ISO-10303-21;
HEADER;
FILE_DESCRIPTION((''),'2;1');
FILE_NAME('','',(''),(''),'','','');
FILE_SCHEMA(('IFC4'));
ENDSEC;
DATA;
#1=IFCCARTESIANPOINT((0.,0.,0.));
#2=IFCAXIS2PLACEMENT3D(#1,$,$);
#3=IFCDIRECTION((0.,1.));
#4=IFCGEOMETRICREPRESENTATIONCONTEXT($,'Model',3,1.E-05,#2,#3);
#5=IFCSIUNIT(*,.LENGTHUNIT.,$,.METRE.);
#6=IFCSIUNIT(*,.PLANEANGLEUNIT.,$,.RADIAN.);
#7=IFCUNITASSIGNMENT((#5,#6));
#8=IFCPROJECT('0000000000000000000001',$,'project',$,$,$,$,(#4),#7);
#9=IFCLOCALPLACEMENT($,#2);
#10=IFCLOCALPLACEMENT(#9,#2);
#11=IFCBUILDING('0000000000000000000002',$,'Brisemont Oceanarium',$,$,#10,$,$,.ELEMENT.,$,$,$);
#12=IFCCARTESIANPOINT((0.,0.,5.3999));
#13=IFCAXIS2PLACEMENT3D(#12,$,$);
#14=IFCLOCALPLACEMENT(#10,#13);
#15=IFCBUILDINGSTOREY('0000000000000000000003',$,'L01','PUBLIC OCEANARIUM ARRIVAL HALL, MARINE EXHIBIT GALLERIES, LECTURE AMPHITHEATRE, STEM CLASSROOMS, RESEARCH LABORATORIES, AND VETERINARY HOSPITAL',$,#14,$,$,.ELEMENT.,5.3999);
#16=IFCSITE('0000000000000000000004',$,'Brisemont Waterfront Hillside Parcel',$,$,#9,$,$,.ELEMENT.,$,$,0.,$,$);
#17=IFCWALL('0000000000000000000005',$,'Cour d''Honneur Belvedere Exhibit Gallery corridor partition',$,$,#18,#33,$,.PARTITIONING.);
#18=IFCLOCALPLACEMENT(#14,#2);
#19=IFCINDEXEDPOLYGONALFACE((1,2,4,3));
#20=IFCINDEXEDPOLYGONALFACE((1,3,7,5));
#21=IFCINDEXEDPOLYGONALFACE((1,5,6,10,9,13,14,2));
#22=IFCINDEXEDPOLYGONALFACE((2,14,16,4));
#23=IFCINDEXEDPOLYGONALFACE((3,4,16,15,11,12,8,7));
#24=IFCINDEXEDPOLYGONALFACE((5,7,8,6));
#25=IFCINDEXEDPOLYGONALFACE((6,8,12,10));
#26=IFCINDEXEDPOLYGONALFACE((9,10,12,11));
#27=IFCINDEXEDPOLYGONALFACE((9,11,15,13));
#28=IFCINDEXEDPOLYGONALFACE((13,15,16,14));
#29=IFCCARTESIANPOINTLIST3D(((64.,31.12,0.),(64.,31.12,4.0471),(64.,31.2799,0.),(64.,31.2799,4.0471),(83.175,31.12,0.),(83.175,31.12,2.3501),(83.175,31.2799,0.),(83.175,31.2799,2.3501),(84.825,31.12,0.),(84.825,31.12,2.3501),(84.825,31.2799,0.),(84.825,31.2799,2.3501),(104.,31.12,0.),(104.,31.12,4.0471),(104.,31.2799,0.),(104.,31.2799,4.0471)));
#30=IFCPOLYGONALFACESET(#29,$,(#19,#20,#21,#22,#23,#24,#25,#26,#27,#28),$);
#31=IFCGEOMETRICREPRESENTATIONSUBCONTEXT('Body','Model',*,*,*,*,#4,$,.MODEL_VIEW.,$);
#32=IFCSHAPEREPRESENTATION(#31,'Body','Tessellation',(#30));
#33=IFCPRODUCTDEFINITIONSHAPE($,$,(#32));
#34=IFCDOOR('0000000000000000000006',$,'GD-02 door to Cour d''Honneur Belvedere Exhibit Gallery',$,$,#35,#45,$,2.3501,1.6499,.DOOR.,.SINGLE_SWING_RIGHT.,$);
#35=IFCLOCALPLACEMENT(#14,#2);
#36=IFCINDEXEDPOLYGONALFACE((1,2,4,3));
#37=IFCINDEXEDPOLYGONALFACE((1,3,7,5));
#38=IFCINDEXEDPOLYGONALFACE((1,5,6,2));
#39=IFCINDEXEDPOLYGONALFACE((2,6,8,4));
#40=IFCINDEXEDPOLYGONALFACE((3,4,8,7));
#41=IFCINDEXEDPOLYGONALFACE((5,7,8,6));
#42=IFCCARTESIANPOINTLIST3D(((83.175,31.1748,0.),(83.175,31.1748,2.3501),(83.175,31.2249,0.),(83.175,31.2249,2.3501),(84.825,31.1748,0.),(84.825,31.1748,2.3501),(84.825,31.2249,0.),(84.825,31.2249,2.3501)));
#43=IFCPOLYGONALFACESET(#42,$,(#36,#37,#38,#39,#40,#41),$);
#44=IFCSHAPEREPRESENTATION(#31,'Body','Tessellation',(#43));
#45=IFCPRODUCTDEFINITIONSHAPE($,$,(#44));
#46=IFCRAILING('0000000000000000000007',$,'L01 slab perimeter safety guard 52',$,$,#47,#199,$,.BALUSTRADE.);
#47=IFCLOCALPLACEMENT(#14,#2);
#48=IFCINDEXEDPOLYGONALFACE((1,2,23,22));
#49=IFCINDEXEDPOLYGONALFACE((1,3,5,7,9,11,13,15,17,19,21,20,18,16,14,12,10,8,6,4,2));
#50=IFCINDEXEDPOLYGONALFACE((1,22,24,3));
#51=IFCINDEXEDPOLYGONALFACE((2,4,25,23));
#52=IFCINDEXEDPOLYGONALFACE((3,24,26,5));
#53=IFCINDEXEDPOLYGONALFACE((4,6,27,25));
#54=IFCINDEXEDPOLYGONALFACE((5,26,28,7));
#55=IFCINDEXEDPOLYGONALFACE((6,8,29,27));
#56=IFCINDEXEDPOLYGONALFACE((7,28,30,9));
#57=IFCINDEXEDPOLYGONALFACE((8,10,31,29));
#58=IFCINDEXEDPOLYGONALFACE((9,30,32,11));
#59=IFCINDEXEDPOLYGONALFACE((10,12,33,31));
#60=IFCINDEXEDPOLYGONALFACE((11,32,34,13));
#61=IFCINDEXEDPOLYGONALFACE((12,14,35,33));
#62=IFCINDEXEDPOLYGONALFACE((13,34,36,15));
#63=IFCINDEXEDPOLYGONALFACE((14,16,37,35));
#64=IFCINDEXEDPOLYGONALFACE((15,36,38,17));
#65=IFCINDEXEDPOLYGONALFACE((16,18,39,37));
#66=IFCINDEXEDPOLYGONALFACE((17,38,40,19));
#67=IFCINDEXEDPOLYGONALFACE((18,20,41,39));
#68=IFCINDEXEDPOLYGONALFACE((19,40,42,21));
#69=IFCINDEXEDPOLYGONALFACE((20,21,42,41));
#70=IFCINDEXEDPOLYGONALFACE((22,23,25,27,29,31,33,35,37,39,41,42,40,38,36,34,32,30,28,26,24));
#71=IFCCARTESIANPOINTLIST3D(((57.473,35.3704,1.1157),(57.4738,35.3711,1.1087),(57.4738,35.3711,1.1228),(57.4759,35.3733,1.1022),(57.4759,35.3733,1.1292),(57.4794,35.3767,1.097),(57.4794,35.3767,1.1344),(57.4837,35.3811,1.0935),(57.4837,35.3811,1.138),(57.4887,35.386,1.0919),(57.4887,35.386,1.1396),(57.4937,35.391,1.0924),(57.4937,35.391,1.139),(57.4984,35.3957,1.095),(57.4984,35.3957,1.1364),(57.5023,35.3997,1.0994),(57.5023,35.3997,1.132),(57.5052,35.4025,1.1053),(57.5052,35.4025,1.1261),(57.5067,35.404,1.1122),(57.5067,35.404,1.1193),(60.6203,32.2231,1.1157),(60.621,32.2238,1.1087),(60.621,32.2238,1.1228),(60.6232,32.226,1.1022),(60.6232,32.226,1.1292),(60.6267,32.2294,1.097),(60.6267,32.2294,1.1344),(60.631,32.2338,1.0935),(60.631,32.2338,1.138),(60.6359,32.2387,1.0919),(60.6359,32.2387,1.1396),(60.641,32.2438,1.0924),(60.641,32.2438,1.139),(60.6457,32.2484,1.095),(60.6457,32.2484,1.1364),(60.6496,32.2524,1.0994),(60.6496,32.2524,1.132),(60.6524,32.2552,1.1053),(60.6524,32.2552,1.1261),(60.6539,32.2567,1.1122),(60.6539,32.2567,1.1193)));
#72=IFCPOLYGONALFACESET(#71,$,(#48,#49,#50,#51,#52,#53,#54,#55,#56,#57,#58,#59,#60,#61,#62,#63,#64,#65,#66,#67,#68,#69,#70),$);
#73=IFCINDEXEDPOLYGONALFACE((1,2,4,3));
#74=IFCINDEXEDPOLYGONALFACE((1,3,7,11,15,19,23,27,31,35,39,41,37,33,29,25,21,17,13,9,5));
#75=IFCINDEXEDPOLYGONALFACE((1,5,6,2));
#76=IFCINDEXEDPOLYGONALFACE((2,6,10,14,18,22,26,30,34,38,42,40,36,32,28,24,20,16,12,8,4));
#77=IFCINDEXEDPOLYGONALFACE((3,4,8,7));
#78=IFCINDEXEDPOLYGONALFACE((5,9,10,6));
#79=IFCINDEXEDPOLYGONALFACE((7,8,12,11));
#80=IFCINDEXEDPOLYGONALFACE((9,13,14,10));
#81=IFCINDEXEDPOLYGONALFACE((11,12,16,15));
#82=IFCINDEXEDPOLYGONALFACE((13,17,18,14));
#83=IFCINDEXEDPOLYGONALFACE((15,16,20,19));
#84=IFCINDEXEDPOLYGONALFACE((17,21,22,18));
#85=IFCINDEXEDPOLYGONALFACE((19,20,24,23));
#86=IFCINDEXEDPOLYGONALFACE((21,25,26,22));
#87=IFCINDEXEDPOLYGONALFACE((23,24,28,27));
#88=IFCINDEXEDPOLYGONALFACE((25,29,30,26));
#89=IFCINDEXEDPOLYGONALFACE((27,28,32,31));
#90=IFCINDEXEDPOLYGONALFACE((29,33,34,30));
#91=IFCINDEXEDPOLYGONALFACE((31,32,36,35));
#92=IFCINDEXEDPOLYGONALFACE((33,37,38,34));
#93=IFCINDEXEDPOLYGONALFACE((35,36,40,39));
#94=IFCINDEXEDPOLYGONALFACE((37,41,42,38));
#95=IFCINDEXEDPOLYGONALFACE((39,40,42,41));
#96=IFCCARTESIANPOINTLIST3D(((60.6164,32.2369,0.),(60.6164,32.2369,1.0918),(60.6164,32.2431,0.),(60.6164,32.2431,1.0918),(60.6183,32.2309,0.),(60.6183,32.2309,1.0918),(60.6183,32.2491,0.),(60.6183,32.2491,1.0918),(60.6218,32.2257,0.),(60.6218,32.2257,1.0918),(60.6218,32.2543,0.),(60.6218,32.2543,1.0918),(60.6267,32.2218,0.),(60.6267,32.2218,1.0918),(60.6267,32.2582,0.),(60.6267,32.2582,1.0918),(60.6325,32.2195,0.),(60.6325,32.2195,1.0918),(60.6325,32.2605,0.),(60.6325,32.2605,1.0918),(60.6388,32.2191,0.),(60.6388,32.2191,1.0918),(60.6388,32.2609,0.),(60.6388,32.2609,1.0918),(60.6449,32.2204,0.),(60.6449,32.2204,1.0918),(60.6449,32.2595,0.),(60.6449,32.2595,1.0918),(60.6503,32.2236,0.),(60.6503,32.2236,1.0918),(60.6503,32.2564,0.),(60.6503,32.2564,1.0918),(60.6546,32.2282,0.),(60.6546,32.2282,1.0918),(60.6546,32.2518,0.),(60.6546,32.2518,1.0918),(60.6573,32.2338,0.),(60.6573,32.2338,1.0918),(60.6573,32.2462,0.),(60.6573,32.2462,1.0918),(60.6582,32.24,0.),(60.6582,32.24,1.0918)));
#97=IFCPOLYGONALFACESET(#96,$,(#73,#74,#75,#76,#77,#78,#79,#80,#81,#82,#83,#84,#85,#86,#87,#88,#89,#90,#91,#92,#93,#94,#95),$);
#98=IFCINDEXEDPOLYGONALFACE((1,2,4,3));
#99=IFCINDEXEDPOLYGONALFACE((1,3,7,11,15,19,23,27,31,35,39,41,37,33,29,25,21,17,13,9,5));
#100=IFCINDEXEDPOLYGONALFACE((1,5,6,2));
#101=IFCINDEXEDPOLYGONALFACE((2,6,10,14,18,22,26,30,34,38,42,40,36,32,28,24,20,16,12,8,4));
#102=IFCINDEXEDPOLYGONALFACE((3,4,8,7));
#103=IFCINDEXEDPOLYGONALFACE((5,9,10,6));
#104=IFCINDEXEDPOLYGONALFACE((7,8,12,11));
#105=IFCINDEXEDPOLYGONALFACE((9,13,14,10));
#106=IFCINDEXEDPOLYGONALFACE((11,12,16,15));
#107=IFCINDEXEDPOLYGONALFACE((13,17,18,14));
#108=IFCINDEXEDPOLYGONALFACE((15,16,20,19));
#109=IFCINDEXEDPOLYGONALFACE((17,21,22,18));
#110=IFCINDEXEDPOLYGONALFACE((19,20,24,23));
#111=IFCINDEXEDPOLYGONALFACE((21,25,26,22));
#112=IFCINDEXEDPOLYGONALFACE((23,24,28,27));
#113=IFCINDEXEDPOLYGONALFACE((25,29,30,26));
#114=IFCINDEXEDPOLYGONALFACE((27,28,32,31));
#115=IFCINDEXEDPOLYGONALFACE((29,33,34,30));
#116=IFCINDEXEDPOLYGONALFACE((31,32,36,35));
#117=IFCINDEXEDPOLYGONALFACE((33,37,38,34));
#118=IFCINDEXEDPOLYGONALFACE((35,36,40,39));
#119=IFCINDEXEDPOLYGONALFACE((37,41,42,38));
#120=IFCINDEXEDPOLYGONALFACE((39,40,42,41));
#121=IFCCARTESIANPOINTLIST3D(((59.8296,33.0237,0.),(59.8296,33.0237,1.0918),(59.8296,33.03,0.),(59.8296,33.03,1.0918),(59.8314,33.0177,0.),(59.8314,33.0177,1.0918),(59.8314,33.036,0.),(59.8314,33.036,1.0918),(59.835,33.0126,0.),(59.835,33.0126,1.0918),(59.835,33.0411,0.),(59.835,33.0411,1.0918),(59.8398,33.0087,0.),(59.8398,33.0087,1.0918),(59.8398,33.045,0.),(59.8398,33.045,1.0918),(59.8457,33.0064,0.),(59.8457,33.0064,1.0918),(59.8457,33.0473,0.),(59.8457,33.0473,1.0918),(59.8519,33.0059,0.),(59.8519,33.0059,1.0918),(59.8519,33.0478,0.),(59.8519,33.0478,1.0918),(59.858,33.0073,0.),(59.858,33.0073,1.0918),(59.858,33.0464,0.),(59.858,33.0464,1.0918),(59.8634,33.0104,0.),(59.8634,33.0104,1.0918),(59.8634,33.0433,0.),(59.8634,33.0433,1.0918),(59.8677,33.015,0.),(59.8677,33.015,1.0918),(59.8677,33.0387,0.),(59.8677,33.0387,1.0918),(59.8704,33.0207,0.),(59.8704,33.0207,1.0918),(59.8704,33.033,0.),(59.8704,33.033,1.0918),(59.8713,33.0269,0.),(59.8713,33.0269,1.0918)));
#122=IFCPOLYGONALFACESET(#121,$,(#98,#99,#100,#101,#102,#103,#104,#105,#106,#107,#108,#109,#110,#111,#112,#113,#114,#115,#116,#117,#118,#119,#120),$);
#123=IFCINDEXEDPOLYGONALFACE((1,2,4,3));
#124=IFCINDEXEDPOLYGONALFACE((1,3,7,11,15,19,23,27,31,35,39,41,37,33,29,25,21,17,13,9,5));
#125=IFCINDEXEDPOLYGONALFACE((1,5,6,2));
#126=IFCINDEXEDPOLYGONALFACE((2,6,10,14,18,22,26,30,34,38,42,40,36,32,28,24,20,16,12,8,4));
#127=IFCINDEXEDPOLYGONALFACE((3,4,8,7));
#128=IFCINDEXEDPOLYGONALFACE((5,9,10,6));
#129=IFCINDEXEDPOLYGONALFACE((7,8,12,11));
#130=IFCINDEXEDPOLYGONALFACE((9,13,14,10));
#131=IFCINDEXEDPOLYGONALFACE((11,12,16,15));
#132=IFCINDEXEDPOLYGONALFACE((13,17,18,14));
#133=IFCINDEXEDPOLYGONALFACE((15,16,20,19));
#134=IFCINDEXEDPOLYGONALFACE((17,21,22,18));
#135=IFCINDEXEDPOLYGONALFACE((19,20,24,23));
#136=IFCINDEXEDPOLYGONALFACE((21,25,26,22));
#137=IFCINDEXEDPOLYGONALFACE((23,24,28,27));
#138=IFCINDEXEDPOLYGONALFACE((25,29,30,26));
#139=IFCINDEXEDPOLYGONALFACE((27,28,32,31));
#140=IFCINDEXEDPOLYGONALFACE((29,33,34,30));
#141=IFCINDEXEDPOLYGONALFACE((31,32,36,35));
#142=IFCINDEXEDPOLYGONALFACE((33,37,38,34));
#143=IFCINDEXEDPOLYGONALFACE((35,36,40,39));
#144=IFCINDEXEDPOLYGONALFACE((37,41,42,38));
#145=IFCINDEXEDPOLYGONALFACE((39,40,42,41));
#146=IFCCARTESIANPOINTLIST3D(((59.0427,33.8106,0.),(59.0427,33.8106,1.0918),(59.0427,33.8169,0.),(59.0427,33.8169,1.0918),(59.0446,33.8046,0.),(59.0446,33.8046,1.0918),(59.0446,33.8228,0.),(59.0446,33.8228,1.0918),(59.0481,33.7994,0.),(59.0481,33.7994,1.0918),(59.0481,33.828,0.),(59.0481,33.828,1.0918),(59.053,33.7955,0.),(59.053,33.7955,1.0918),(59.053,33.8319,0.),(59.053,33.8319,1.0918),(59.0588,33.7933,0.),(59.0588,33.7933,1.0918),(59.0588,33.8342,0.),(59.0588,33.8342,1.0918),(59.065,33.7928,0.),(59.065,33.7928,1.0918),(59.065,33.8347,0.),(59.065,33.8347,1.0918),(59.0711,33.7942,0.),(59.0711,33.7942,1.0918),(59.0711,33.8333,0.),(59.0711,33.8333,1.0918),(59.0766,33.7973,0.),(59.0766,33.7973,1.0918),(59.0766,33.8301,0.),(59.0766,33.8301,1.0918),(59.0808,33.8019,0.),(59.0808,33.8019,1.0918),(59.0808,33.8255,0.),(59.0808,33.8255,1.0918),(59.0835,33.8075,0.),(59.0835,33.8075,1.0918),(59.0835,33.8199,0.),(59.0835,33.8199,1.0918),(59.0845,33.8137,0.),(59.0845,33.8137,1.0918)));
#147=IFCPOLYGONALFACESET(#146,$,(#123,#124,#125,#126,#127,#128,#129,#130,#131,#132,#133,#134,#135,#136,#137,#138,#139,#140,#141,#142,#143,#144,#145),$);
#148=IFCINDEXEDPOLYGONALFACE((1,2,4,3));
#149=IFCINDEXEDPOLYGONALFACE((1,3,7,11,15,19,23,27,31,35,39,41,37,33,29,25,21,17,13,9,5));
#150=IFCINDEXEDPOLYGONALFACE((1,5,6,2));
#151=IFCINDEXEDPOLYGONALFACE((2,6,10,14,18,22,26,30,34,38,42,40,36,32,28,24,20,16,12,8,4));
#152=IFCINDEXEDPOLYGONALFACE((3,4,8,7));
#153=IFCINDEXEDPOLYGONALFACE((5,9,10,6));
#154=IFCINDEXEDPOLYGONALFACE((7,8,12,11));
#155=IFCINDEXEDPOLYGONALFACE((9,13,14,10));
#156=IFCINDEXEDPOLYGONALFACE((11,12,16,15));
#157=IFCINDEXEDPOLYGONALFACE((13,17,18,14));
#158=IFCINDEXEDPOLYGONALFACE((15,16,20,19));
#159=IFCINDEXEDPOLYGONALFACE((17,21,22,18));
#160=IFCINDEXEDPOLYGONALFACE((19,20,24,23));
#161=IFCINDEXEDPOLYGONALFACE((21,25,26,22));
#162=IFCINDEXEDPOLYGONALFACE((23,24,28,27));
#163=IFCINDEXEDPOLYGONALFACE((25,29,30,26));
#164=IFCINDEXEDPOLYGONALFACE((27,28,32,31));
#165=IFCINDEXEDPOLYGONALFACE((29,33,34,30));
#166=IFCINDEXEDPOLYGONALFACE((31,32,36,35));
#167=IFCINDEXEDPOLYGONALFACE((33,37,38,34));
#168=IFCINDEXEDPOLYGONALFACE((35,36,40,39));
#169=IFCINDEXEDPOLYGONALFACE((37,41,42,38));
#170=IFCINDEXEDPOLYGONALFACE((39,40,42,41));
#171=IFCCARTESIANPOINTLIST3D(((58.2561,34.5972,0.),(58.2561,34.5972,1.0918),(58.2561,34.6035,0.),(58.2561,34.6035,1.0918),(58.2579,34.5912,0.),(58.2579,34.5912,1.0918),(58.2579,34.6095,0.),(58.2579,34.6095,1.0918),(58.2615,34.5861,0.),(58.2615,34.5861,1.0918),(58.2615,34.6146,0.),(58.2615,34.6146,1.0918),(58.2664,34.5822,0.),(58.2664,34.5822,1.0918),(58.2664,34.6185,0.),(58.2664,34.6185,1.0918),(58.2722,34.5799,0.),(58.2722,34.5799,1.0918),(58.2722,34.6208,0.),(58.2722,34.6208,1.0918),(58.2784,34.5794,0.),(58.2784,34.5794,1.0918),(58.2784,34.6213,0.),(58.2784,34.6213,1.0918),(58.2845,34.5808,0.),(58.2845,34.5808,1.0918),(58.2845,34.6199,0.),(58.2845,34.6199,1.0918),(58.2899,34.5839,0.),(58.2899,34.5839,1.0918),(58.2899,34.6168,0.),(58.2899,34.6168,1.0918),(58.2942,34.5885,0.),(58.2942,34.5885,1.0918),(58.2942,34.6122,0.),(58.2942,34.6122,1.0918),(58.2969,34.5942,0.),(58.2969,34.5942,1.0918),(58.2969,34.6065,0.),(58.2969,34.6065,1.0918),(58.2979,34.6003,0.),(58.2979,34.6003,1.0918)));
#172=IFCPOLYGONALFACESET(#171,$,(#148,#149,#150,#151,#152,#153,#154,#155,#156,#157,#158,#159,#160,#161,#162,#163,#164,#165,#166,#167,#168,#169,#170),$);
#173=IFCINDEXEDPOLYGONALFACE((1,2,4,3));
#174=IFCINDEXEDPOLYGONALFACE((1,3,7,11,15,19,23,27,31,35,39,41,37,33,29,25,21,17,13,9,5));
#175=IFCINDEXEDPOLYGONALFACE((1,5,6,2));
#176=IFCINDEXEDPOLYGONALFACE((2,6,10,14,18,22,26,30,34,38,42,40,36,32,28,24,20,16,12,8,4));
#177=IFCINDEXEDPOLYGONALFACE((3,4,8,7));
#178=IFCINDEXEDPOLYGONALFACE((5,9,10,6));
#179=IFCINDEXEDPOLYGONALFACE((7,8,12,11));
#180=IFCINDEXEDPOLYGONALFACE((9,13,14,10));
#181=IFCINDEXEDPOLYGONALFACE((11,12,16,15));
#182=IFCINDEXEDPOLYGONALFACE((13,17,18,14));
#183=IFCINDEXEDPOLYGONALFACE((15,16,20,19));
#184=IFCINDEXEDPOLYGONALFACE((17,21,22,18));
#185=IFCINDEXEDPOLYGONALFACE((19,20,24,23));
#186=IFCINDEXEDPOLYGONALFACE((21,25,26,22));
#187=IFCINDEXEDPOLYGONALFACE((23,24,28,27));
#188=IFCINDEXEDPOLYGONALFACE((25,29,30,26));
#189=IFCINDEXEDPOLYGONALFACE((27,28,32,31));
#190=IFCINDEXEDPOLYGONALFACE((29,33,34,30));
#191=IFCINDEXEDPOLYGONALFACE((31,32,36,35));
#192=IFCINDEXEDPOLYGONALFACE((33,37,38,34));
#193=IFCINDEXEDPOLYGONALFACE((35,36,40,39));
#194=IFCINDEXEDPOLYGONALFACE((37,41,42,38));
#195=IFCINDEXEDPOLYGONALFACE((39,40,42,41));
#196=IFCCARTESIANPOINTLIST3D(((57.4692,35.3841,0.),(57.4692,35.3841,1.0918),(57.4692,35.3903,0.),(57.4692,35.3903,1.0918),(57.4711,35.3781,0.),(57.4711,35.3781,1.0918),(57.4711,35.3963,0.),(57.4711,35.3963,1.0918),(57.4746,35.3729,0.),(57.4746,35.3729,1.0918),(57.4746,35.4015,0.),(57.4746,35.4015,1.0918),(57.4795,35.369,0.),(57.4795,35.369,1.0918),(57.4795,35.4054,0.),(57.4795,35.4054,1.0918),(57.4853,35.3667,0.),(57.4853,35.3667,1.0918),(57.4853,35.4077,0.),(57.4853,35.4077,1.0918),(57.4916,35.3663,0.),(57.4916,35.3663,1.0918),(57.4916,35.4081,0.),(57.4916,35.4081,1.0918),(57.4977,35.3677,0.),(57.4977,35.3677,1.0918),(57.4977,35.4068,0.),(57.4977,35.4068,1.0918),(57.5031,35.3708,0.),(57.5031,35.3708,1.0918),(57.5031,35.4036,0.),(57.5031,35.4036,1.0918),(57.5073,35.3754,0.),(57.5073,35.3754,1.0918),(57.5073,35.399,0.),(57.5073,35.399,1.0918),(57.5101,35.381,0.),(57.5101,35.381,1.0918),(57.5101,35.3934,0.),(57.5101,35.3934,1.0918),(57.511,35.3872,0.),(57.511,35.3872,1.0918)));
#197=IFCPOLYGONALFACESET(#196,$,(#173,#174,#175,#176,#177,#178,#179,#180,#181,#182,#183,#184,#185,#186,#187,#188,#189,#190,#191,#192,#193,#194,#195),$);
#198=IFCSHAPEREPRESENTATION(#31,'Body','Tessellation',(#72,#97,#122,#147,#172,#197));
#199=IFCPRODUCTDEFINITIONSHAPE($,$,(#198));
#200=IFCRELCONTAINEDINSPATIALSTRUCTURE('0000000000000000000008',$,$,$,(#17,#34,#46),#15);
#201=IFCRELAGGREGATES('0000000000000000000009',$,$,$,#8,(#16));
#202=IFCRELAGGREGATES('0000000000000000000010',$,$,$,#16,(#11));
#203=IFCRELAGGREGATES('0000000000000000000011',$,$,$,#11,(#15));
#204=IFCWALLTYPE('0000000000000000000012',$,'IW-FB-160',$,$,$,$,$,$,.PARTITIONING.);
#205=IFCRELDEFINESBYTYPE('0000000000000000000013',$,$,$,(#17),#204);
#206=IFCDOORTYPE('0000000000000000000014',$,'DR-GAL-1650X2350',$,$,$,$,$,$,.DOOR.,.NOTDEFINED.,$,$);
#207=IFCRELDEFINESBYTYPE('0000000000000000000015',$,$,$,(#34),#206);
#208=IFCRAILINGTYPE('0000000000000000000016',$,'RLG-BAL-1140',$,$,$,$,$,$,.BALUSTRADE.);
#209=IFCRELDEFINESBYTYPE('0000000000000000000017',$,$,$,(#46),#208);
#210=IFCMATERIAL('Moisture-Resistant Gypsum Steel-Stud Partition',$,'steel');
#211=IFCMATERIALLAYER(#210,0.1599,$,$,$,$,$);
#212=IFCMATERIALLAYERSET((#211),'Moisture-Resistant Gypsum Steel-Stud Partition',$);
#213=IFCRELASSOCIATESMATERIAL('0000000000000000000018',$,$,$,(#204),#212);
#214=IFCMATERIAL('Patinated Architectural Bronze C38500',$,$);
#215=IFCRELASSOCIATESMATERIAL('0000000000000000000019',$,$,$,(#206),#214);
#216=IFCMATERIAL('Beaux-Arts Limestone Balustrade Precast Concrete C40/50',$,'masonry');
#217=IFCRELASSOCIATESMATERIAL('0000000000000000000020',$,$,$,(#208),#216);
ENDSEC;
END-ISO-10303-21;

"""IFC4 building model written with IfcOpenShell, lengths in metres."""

from ifc_helpers import new_model, si_unit, direction, frame, frame_2d, origin, origin_2d, place, context, subcontext, project, spatial, rectangle, circle, extrude, material, layer, layer_set, type_object, element, fill, save


model = new_model("IFC4")

# Units and contexts
model_context = context("Model", 3, precision=1e-05, world=origin(), true_north=direction((0.0, 1.0)))
body_context = subcontext(model_context, "Body", "Model", "MODEL_VIEW")
ifc_project = project(units=[si_unit("LENGTHUNIT", "METRE"), si_unit("PLANEANGLEUNIT", "RADIAN")], contexts=[model_context])

# Site, building, storey
site_placement = place(None, origin())
site = spatial("IfcSite", under=ifc_project, at=site_placement, Name="Brisemont Waterfront Hillside Parcel", CompositionType="ELEMENT", RefElevation=0.0)
building_placement = place(site_placement, origin())
building = spatial("IfcBuilding", under=site, at=building_placement, Name="Brisemont Oceanarium", CompositionType="ELEMENT")
storey_placement = place(building_placement, frame((0.0, 0.0, 5.3999)))
storey = spatial("IfcBuildingStorey", under=building, at=storey_placement, Name="L01", Description="PUBLIC OCEANARIUM ARRIVAL HALL, MARINE EXHIBIT GALLERIES, LECTURE AMPHITHEATRE, STEM CLASSROOMS, RESEARCH LABORATORIES, AND VETERINARY HOSPITAL", CompositionType="ELEMENT", Elevation=5.3999)

# Wall, opening, door
ifc_material_1 = material(Name="Moisture-Resistant Gypsum Steel-Stud Partition", Category="steel")
ifc_layer_1 = layer(ifc_material_1, 0.1599)
ifc_layer_set_1 = layer_set([ifc_layer_1], Name="Moisture-Resistant Gypsum Steel-Stud Partition")
wall_type = type_object("IfcWallType", Name="IW-FB-160", PredefinedType="PARTITIONING", material=ifc_layer_set_1)
wall_placement = place(storey_placement, frame((64.0, 31.2, 0.0), z_axis=(0.0, 0.0, 1.0), x_axis=(1.0, 0.0, 0.0)))
wall = element("IfcWall", 1, at=wall_placement, inside=storey, type_object=wall_type, Name="Cour d'Honneur Belvedere Exhibit Gallery corridor partition", PredefinedType="PARTITIONING", context=body_context, shape_type="SweptSolid", body=[
    extrude(rectangle(XDim=40.0, YDim=0.1599, at=frame_2d((20.0, 0.0))), origin(), (0.0, 0.0, 1.0), 4.0471),
])
opening_placement = place(wall_placement, frame((19.175, 0.0, 0.0)))
opening = element("IfcOpeningElement", 2, at=opening_placement, cuts=wall, PredefinedType="OPENING", context=body_context, shape_type="SweptSolid", body=[
    extrude(rectangle(XDim=1.6499, YDim=2.3501, at=frame_2d((0.825, 1.175))), frame((0.0, 0.0898, 0.0), z_axis=(0.0, -1.0, 0.0), x_axis=(1.0, 0.0, 0.0)), (0.0, 0.0, 1.0), 0.1799),
])
ifc_material_2 = material(Name="Patinated Architectural Bronze C38500")
door_type = type_object("IfcDoorType", Name="DR-GAL-1650X2350", OperationType="NOTDEFINED", PredefinedType="DOOR", material=ifc_material_2)
door_placement = place(opening_placement, origin())
door = element("IfcDoor", 3, at=door_placement, inside=storey, type_object=door_type, Name="GD-02 door to Cour d'Honneur Belvedere Exhibit Gallery", OperationType="SINGLE_SWING_RIGHT", OverallHeight=2.3501, OverallWidth=1.6499, PredefinedType="DOOR", context=body_context, shape_type="SweptSolid", body=[
    extrude(rectangle(XDim=1.6499, YDim=2.3501, at=frame_2d((0.825, 1.175))), frame((0.0, 0.0249, 0.0), z_axis=(0.0, -1.0, 0.0), x_axis=(1.0, 0.0, 0.0)), (0.0, 0.0, 1.0), 0.05),
])
fill(opening, door)

# Railing
ifc_material_3 = material(Name="Beaux-Arts Limestone Balustrade Precast Concrete C40/50", Category="masonry")
railing_type_1 = type_object("IfcRailingType", Name="RLG-BAL-1140", PredefinedType="BALUSTRADE", material=ifc_material_3)
railing_1_placement = place(storey_placement, frame((60.6372, 32.24, 0.0)))
element("IfcRailing", 4, at=railing_1_placement, inside=storey, type_object=railing_type_1, Name="L01 slab perimeter safety guard 52", PredefinedType="BALUSTRADE", context=body_context, shape_type="SweptSolid", body=[
    extrude(circle(Radius=0.0239, at=origin_2d()), frame((0.0, 0.0, 1.1157), z_axis=(-0.707107, 0.707107, 0.0), x_axis=(-0.707107, -0.707107, 0.0)), (0.0, 0.0, 1.0), 4.4509),
    extrude(circle(Radius=0.021, at=origin_2d()), origin(), (0.0, 0.0, 1.0), 1.0918),
    extrude(circle(Radius=0.021, at=origin_2d()), frame((-0.7869, 0.7869, 0.0)), (0.0, 0.0, 1.0), 1.0918),
    extrude(circle(Radius=0.021, at=origin_2d()), frame((-1.5737, 1.5737, 0.0)), (0.0, 0.0, 1.0), 1.0918),
    extrude(circle(Radius=0.021, at=origin_2d()), frame((-2.3604, 2.3604, 0.0)), (0.0, 0.0, 1.0), 1.0918),
    extrude(circle(Radius=0.021, at=origin_2d()), frame((-3.1472, 3.1472, 0.0)), (0.0, 0.0, 1.0), 1.0918),
])

save(model, "model.ifc")
